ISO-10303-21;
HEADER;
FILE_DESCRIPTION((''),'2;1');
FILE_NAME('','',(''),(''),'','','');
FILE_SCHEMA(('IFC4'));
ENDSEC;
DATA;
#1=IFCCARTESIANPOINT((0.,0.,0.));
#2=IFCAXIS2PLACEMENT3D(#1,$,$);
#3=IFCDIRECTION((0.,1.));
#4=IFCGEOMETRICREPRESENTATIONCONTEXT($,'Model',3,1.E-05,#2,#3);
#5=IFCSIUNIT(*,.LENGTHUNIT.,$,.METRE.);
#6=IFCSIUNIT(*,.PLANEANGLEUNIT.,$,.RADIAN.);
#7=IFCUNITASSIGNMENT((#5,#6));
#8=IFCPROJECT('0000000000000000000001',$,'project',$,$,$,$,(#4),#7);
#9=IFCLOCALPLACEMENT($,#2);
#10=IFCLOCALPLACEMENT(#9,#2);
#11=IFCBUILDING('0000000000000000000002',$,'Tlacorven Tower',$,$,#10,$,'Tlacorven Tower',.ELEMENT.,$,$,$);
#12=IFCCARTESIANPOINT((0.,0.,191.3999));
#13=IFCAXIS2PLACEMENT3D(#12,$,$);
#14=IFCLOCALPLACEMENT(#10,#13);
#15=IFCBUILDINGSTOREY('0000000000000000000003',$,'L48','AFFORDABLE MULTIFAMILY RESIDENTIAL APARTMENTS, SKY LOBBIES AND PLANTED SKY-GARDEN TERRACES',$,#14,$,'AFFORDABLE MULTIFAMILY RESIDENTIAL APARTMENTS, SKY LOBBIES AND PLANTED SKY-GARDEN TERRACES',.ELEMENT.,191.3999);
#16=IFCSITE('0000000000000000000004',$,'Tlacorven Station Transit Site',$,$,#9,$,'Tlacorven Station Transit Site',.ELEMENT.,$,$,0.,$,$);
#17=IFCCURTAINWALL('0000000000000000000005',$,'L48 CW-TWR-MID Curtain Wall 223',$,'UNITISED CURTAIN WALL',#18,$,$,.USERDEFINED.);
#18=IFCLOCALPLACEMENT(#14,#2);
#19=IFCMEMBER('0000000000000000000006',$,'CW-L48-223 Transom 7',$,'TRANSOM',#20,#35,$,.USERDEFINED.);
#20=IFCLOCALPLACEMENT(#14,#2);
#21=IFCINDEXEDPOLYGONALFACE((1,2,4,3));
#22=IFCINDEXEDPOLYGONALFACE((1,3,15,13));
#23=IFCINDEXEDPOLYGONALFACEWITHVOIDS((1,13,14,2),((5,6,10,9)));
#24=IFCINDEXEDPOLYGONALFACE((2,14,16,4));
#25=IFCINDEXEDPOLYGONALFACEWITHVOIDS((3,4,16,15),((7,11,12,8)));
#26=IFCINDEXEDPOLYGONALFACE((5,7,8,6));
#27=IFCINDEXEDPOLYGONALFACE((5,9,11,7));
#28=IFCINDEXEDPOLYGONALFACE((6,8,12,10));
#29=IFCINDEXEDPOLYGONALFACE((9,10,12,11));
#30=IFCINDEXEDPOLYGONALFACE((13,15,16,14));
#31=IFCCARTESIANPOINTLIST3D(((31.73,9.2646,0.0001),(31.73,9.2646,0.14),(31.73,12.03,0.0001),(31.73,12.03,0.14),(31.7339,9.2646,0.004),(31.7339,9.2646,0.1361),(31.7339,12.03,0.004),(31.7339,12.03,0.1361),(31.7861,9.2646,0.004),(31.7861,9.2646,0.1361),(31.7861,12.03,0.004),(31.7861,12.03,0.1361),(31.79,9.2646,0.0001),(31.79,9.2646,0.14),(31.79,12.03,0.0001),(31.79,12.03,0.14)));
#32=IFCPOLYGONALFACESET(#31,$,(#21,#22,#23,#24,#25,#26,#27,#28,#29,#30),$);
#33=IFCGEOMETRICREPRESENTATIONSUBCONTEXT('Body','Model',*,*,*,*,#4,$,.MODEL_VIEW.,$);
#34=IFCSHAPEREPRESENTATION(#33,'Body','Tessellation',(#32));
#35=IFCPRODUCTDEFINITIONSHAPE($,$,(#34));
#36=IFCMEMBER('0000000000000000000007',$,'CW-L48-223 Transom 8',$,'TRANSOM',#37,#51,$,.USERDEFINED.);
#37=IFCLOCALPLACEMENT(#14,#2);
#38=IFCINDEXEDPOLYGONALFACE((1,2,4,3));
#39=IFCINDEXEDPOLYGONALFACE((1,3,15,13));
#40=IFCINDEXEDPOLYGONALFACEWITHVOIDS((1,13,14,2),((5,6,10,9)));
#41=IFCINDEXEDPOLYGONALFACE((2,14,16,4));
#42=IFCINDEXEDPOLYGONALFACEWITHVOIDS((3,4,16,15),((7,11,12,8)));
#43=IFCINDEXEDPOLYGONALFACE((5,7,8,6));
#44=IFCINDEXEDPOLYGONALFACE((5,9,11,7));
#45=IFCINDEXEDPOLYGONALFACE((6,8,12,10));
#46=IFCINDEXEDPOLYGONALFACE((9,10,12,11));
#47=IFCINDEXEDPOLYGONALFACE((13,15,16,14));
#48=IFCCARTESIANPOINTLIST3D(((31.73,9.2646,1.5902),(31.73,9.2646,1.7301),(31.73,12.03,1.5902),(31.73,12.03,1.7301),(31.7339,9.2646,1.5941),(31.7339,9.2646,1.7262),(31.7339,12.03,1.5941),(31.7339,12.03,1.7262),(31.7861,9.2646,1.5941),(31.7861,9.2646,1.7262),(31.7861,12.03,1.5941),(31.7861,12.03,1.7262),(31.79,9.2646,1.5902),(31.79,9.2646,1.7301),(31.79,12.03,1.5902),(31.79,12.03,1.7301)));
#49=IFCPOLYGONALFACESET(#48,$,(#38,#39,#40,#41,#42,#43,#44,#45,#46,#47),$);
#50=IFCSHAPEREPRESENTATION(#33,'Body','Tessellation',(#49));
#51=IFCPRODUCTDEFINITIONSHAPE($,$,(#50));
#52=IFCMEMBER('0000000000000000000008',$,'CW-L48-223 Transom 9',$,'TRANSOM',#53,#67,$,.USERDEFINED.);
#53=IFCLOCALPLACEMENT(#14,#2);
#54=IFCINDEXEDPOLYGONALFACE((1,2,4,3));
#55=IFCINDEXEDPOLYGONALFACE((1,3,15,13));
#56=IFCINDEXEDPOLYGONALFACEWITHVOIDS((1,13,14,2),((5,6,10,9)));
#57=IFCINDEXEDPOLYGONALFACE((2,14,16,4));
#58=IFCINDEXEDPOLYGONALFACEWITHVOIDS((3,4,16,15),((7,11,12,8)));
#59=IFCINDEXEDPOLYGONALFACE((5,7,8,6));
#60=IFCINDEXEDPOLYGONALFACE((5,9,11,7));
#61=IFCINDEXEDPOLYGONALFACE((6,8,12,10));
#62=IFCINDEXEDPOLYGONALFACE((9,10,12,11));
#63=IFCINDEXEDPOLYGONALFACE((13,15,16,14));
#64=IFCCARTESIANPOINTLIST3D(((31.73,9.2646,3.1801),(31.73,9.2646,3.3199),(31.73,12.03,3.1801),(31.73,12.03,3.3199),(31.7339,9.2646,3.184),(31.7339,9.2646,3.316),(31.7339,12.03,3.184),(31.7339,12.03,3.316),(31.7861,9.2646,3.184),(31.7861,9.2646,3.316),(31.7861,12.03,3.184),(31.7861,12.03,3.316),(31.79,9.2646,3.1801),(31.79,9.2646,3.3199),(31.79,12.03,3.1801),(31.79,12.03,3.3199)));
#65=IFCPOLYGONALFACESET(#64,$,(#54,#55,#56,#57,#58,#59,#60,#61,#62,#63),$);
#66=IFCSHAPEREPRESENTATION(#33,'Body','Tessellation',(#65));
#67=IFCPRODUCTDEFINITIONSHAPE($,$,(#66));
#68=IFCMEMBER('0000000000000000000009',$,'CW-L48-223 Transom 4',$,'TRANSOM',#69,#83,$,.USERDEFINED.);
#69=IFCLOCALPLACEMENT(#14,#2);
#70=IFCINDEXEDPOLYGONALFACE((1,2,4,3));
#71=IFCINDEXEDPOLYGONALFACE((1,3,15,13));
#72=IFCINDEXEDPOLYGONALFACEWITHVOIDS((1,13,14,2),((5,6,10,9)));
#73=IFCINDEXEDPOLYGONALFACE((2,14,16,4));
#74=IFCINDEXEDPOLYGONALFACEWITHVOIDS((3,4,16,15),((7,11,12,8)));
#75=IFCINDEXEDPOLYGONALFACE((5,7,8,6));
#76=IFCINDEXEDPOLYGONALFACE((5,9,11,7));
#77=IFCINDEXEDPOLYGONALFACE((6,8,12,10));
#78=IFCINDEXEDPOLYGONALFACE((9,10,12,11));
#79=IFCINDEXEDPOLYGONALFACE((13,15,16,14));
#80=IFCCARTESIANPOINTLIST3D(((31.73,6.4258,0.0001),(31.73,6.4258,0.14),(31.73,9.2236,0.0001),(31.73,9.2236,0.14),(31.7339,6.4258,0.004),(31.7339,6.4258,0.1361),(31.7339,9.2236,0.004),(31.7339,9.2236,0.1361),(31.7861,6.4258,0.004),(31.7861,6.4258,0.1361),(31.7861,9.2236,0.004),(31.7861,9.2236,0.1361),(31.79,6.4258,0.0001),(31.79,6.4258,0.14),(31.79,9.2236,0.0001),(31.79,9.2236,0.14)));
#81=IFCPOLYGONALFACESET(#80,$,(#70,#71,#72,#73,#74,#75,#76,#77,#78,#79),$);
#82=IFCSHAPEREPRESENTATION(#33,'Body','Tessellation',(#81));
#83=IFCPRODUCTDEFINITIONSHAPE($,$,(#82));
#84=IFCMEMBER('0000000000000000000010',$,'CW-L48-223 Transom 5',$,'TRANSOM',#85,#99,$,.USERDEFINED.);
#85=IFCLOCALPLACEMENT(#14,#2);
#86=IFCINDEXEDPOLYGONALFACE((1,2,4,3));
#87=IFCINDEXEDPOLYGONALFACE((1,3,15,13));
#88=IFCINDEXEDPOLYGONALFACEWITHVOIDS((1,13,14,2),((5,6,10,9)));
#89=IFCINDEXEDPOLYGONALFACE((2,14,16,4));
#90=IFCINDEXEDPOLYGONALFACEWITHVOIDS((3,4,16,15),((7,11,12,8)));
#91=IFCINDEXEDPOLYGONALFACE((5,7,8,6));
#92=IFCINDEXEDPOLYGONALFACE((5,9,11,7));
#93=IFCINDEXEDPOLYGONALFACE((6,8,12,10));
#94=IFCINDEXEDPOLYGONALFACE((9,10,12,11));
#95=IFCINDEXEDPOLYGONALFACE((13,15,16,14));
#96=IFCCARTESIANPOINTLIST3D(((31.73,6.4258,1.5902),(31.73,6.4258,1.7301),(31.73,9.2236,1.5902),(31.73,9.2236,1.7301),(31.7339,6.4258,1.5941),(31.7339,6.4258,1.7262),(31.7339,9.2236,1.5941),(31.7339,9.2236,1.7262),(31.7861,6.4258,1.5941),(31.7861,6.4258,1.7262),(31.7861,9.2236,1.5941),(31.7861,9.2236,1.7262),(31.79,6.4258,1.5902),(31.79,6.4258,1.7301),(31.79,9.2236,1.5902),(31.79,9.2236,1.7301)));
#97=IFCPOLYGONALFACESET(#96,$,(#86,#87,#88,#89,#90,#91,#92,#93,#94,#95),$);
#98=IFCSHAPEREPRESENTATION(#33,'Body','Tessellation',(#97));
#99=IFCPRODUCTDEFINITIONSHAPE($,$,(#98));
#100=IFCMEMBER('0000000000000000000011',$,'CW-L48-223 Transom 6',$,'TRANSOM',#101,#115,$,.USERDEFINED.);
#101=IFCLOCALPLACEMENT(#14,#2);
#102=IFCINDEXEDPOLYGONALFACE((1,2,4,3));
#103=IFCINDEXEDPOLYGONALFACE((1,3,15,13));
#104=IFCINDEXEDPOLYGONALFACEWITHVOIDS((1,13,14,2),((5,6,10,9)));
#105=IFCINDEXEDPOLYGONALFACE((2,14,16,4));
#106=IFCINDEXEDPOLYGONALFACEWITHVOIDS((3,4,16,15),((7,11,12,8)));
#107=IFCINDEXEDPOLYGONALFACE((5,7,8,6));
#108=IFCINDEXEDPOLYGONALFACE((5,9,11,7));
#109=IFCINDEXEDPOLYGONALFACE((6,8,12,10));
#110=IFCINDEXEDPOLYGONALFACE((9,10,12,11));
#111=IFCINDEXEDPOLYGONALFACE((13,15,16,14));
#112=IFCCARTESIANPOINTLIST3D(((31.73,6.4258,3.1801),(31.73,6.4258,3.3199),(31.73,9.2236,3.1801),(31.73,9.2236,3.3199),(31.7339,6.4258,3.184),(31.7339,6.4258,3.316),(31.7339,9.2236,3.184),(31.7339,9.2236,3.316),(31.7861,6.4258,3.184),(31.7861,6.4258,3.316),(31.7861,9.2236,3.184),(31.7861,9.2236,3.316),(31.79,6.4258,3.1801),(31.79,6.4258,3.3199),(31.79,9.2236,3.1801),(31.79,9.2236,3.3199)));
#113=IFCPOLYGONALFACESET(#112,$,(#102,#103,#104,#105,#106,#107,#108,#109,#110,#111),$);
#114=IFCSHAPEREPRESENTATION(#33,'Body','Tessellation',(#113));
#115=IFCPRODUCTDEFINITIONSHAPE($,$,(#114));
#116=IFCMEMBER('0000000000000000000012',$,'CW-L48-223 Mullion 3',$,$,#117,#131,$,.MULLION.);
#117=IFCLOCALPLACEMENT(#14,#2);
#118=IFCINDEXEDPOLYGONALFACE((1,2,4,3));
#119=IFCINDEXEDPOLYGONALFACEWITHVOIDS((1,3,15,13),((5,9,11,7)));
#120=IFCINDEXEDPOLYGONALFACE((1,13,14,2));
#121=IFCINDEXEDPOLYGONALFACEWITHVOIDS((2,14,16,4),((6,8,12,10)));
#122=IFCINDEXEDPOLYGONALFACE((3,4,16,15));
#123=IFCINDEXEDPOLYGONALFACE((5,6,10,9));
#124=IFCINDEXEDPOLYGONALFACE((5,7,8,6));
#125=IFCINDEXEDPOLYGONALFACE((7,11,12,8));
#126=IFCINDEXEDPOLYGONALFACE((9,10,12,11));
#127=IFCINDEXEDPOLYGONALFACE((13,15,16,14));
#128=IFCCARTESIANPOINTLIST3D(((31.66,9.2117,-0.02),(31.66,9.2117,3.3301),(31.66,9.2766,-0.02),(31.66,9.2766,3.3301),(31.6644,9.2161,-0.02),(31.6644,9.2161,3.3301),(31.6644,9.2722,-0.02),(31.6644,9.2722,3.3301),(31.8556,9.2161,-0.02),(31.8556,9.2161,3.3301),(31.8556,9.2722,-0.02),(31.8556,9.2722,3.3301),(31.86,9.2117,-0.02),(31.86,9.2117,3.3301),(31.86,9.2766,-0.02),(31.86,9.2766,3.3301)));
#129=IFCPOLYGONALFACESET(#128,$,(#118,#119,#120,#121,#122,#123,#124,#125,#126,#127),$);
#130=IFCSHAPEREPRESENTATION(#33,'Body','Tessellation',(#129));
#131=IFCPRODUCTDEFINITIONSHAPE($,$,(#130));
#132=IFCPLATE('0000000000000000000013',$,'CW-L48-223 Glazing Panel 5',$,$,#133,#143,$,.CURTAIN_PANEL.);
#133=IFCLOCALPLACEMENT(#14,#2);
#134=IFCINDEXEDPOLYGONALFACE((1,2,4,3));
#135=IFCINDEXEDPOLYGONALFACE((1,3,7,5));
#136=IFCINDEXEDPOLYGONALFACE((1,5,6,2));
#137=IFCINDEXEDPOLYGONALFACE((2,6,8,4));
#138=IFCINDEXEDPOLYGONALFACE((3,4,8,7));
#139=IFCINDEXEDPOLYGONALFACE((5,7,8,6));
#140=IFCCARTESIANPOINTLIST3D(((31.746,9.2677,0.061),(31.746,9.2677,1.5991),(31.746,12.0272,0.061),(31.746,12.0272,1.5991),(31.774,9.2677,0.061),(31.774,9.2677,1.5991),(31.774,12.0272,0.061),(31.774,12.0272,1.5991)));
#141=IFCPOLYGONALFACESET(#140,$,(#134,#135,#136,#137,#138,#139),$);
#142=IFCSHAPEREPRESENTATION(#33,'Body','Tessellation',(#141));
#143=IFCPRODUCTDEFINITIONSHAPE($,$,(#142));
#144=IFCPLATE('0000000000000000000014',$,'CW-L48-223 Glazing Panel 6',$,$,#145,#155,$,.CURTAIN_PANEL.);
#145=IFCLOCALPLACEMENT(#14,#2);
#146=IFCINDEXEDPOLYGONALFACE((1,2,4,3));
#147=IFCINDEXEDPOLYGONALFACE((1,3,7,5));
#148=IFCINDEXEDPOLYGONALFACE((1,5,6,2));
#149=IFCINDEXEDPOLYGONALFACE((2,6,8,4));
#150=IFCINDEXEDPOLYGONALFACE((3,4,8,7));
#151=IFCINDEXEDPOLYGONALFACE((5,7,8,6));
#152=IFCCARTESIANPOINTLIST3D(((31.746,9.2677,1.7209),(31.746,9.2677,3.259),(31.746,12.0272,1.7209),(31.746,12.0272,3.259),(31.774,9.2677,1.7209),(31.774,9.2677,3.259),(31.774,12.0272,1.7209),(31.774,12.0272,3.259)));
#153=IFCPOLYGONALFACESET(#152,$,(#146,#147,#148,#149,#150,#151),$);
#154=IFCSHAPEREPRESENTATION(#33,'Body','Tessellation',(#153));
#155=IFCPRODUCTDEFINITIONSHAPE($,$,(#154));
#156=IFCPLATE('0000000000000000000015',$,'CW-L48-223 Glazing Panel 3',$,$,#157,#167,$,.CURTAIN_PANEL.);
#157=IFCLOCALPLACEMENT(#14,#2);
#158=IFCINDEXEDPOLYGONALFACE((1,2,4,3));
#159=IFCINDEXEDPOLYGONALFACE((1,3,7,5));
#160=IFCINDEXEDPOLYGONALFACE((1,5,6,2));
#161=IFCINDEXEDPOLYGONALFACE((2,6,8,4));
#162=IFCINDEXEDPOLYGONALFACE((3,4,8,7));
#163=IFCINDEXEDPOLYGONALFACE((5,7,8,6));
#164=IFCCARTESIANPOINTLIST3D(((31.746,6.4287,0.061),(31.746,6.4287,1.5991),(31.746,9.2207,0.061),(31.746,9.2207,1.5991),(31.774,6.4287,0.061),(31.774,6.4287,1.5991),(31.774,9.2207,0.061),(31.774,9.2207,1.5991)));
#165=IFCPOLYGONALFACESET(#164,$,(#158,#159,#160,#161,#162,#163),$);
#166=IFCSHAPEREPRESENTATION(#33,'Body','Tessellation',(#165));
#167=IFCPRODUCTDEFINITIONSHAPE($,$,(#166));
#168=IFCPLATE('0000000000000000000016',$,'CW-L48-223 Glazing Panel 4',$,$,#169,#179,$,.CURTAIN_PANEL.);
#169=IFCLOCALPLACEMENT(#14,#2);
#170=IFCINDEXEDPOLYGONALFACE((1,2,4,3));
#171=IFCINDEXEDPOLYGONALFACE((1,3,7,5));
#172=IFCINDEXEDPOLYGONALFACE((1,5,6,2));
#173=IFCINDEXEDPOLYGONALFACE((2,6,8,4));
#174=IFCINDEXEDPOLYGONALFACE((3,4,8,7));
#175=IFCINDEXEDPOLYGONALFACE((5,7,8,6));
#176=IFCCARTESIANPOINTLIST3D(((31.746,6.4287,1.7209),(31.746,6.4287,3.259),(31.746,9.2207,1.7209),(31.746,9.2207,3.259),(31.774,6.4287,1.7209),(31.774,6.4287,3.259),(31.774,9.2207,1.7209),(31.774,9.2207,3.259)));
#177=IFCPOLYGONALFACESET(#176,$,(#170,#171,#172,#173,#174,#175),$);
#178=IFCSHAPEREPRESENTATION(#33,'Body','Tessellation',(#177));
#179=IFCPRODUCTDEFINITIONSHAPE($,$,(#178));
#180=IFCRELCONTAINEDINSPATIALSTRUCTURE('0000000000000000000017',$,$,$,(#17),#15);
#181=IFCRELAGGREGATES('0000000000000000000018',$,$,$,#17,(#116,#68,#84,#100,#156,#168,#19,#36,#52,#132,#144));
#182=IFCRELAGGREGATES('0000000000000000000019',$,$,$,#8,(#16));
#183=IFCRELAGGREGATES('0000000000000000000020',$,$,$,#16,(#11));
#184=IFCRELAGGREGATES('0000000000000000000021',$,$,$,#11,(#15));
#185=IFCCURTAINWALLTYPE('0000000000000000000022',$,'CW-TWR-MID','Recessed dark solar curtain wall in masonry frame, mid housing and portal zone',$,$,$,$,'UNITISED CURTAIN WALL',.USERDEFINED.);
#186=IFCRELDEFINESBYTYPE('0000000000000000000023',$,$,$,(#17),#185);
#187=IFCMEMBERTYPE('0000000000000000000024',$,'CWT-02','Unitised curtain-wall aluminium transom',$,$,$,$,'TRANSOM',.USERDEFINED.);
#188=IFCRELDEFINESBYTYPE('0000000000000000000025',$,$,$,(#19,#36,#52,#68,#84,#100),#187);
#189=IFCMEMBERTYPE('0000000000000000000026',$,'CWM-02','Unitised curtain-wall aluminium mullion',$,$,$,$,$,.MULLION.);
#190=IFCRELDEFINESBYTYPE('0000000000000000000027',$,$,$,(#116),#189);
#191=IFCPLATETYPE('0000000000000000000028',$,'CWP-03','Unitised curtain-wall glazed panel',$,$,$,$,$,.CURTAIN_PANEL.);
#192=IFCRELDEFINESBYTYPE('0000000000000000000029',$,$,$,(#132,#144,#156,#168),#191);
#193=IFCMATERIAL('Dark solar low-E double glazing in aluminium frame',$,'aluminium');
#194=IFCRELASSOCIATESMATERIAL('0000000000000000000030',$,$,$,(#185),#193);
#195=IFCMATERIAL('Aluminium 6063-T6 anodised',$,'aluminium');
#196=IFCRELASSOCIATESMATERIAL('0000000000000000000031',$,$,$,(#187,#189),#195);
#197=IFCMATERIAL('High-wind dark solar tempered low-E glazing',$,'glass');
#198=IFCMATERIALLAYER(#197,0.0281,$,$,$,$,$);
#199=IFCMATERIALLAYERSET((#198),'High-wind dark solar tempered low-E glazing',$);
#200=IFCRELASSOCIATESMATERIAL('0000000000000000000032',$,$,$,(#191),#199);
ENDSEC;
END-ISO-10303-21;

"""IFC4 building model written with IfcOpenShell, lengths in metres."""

from ifc_helpers import new_model, si_unit, direction, frame, origin, origin_2d, place, context, subcontext, project, spatial, rectangle, hollow_rectangle, extrude, source, transform, mapped, material, layer, layer_set, material_profile, profile_set, type_object, element, aggregate, save


model = new_model("IFC4")

# Units and contexts
model_context = context("Model", 3, precision=1e-05, world=origin(), true_north=direction((0.0, 1.0)))
body_context = subcontext(model_context, "Body", "Model", "MODEL_VIEW")
ifc_project = project(units=[si_unit("LENGTHUNIT", "METRE"), si_unit("PLANEANGLEUNIT", "RADIAN")], contexts=[model_context])

# Site, building, storey
site_placement = place(None, origin())
site = spatial("IfcSite", under=ifc_project, at=site_placement, Name="Tlacorven Station Transit Site", LongName="Tlacorven Station Transit Site", CompositionType="ELEMENT", RefElevation=0.0)
building_placement = place(site_placement, origin())
building = spatial("IfcBuilding", under=site, at=building_placement, Name="Tlacorven Tower", LongName="Tlacorven Tower", CompositionType="ELEMENT")
storey_placement = place(building_placement, frame((0.0, 0.0, 191.3999)))
storey = spatial("IfcBuildingStorey", under=building, at=storey_placement, Name="L48", Description="AFFORDABLE MULTIFAMILY RESIDENTIAL APARTMENTS, SKY LOBBIES AND PLANTED SKY-GARDEN TERRACES", LongName="AFFORDABLE MULTIFAMILY RESIDENTIAL APARTMENTS, SKY LOBBIES AND PLANTED SKY-GARDEN TERRACES", CompositionType="ELEMENT", Elevation=191.3999)

# Curtain wall, members, plates
ifc_material_1 = material(Name="Dark solar low-E double glazing in aluminium frame", Category="aluminium")
curtain_wall_type = type_object("IfcCurtainWallType", Name="CW-TWR-MID", Description="Recessed dark solar curtain wall in masonry frame, mid housing and portal zone", ElementType="UNITISED CURTAIN WALL", PredefinedType="USERDEFINED", material=ifc_material_1)
curtain_wall_placement = place(storey_placement, origin())
curtain_wall = element("IfcCurtainWall", 1, at=curtain_wall_placement, inside=storey, type_object=curtain_wall_type, Name="L48 CW-TWR-MID Curtain Wall 223", ObjectType="UNITISED CURTAIN WALL", PredefinedType="USERDEFINED")
ifc_material_2 = material(Name="Aluminium 6063-T6 anodised", Category="aluminium")
ifc_material_profile_1 = material_profile(ifc_material_2, hollow_rectangle(XDim=0.0601, YDim=0.1399, WallThickness=0.0039, at=origin_2d()), Name="ALU TRANSOM 60X140")
ifc_profile_set_1 = profile_set([ifc_material_profile_1], Name="Aluminium 6063-T6 anodised")
member_type_1 = type_object("IfcMemberType", Name="CWT-02", Description="Unitised curtain-wall aluminium transom", ElementType="TRANSOM", PredefinedType="USERDEFINED", material=ifc_profile_set_1)
shared_shape_1 = source(origin(), body_context, "Body", "SweptSolid", [
    extrude(hollow_rectangle(XDim=0.0601, YDim=0.1399, WallThickness=0.0039, at=origin_2d()), origin(), (0.0, 0.0, 1.0), 2.7654),
])
member_1_placement = place(storey_placement, frame((31.76, 9.2646, 0.0701), z_axis=(0.0, 1.0, 0.0), x_axis=(-1.0, 0.0, 0.0)))
member_1 = element("IfcMember", 2, at=member_1_placement, type_object=member_type_1, Name="CW-L48-223 Transom 7", ObjectType="TRANSOM", PredefinedType="USERDEFINED", context=body_context, shape_type="MappedRepresentation", body=[
    mapped(shared_shape_1, transform((0.0, 0.0, 0.0), scale=1.0)),
])
member_2_placement = place(storey_placement, frame((31.76, 9.2646, 1.6602), z_axis=(0.0, 1.0, 0.0), x_axis=(-1.0, 0.0, 0.0)))
member_2 = element("IfcMember", 3, at=member_2_placement, type_object=member_type_1, Name="CW-L48-223 Transom 8", ObjectType="TRANSOM", PredefinedType="USERDEFINED", context=body_context, shape_type="MappedRepresentation", body=[
    mapped(shared_shape_1, transform((0.0, 0.0, 0.0), scale=1.0)),
])
member_3_placement = place(storey_placement, frame((31.76, 9.2646, 3.25), z_axis=(0.0, 1.0, 0.0), x_axis=(-1.0, 0.0, 0.0)))
member_3 = element("IfcMember", 4, at=member_3_placement, type_object=member_type_1, Name="CW-L48-223 Transom 9", ObjectType="TRANSOM", PredefinedType="USERDEFINED", context=body_context, shape_type="MappedRepresentation", body=[
    mapped(shared_shape_1, transform((0.0, 0.0, 0.0), scale=1.0)),
])
shared_shape_2 = source(origin(), body_context, "Body", "SweptSolid", [
    extrude(hollow_rectangle(XDim=0.0601, YDim=0.1399, WallThickness=0.0039, at=origin_2d()), origin(), (0.0, 0.0, 1.0), 2.7979),
])
member_4_placement = place(storey_placement, frame((31.76, 6.4258, 0.0701), z_axis=(0.0, 1.0, 0.0), x_axis=(-1.0, 0.0, 0.0)))
member_4 = element("IfcMember", 5, at=member_4_placement, type_object=member_type_1, Name="CW-L48-223 Transom 4", ObjectType="TRANSOM", PredefinedType="USERDEFINED", context=body_context, shape_type="MappedRepresentation", body=[
    mapped(shared_shape_2, transform((0.0, 0.0, 0.0), scale=1.0)),
])
member_5_placement = place(storey_placement, frame((31.76, 6.4258, 1.6602), z_axis=(0.0, 1.0, 0.0), x_axis=(-1.0, 0.0, 0.0)))
member_5 = element("IfcMember", 6, at=member_5_placement, type_object=member_type_1, Name="CW-L48-223 Transom 5", ObjectType="TRANSOM", PredefinedType="USERDEFINED", context=body_context, shape_type="MappedRepresentation", body=[
    mapped(shared_shape_2, transform((0.0, 0.0, 0.0), scale=1.0)),
])
member_6_placement = place(storey_placement, frame((31.76, 6.4258, 3.25), z_axis=(0.0, 1.0, 0.0), x_axis=(-1.0, 0.0, 0.0)))
member_6 = element("IfcMember", 7, at=member_6_placement, type_object=member_type_1, Name="CW-L48-223 Transom 6", ObjectType="TRANSOM", PredefinedType="USERDEFINED", context=body_context, shape_type="MappedRepresentation", body=[
    mapped(shared_shape_2, transform((0.0, 0.0, 0.0), scale=1.0)),
])
ifc_material_profile_2 = material_profile(ifc_material_2, hollow_rectangle(XDim=0.0649, YDim=0.2, WallThickness=0.0044, at=origin_2d()), Name="ALU MULLION 65X200")
ifc_profile_set_2 = profile_set([ifc_material_profile_2], Name="Aluminium 6063-T6 anodised")
member_type_2 = type_object("IfcMemberType", Name="CWM-02", Description="Unitised curtain-wall aluminium mullion", PredefinedType="MULLION", material=ifc_profile_set_2)
shared_shape_3 = source(origin(), body_context, "Body", "SweptSolid", [
    extrude(hollow_rectangle(XDim=0.0649, YDim=0.2, WallThickness=0.0044, at=origin_2d()), origin(), (0.0, 0.0, 1.0), 3.3501),
])
member_7_placement = place(storey_placement, frame((31.76, 9.2441, -0.02), z_axis=(0.0, 0.0, 1.0), x_axis=(0.0, 1.0, 0.0)))
member_7 = element("IfcMember", 8, at=member_7_placement, type_object=member_type_2, Name="CW-L48-223 Mullion 3", PredefinedType="MULLION", context=body_context, shape_type="MappedRepresentation", body=[
    mapped(shared_shape_3, transform((0.0, 0.0, 0.0), scale=1.0)),
])
ifc_material_3 = material(Name="High-wind dark solar tempered low-E glazing", Category="glass")
ifc_layer = layer(ifc_material_3, 0.0281)
ifc_layer_set = layer_set([ifc_layer], Name="High-wind dark solar tempered low-E glazing")
plate_type = type_object("IfcPlateType", Name="CWP-03", Description="Unitised curtain-wall glazed panel", PredefinedType="CURTAIN_PANEL", material=ifc_layer_set)
shared_shape_4 = source(origin(), body_context, "Body", "SweptSolid", [
    extrude(rectangle(XDim=2.7595, YDim=0.0281, at=origin_2d()), origin(), (0.0, 0.0, 1.0), 1.5381),
])
plate_1_placement = place(storey_placement, frame((31.76, 10.6475, 0.061), z_axis=(0.0, 0.0, 1.0), x_axis=(0.0, 1.0, 0.0)))
plate_1 = element("IfcPlate", 9, at=plate_1_placement, type_object=plate_type, Name="CW-L48-223 Glazing Panel 5", PredefinedType="CURTAIN_PANEL", context=body_context, shape_type="MappedRepresentation", body=[
    mapped(shared_shape_4, transform((0.0, 0.0, 0.0), scale=1.0)),
])
plate_2_placement = place(storey_placement, frame((31.76, 10.6475, 1.7209), z_axis=(0.0, 0.0, 1.0), x_axis=(0.0, 1.0, 0.0)))
plate_2 = element("IfcPlate", 10, at=plate_2_placement, type_object=plate_type, Name="CW-L48-223 Glazing Panel 6", PredefinedType="CURTAIN_PANEL", context=body_context, shape_type="MappedRepresentation", body=[
    mapped(shared_shape_4, transform((0.0, 0.0, 0.0), scale=1.0)),
])
shared_shape_5 = source(origin(), body_context, "Body", "SweptSolid", [
    extrude(rectangle(XDim=2.792, YDim=0.0281, at=origin_2d()), origin(), (0.0, 0.0, 1.0), 1.5381),
])
plate_3_placement = place(storey_placement, frame((31.76, 7.8247, 0.061), z_axis=(0.0, 0.0, 1.0), x_axis=(0.0, 1.0, 0.0)))
plate_3 = element("IfcPlate", 11, at=plate_3_placement, type_object=plate_type, Name="CW-L48-223 Glazing Panel 3", PredefinedType="CURTAIN_PANEL", context=body_context, shape_type="MappedRepresentation", body=[
    mapped(shared_shape_5, transform((0.0, 0.0, 0.0), scale=1.0)),
])
plate_4_placement = place(storey_placement, frame((31.76, 7.8247, 1.7209), z_axis=(0.0, 0.0, 1.0), x_axis=(0.0, 1.0, 0.0)))
plate_4 = element("IfcPlate", 12, at=plate_4_placement, type_object=plate_type, Name="CW-L48-223 Glazing Panel 4", PredefinedType="CURTAIN_PANEL", context=body_context, shape_type="MappedRepresentation", body=[
    mapped(shared_shape_5, transform((0.0, 0.0, 0.0), scale=1.0)),
])
aggregate(curtain_wall, [member_7, member_4, member_5, member_6, plate_3, plate_4, member_1, member_2, member_3, plate_1, plate_2])

save(model, "model.ifc")
